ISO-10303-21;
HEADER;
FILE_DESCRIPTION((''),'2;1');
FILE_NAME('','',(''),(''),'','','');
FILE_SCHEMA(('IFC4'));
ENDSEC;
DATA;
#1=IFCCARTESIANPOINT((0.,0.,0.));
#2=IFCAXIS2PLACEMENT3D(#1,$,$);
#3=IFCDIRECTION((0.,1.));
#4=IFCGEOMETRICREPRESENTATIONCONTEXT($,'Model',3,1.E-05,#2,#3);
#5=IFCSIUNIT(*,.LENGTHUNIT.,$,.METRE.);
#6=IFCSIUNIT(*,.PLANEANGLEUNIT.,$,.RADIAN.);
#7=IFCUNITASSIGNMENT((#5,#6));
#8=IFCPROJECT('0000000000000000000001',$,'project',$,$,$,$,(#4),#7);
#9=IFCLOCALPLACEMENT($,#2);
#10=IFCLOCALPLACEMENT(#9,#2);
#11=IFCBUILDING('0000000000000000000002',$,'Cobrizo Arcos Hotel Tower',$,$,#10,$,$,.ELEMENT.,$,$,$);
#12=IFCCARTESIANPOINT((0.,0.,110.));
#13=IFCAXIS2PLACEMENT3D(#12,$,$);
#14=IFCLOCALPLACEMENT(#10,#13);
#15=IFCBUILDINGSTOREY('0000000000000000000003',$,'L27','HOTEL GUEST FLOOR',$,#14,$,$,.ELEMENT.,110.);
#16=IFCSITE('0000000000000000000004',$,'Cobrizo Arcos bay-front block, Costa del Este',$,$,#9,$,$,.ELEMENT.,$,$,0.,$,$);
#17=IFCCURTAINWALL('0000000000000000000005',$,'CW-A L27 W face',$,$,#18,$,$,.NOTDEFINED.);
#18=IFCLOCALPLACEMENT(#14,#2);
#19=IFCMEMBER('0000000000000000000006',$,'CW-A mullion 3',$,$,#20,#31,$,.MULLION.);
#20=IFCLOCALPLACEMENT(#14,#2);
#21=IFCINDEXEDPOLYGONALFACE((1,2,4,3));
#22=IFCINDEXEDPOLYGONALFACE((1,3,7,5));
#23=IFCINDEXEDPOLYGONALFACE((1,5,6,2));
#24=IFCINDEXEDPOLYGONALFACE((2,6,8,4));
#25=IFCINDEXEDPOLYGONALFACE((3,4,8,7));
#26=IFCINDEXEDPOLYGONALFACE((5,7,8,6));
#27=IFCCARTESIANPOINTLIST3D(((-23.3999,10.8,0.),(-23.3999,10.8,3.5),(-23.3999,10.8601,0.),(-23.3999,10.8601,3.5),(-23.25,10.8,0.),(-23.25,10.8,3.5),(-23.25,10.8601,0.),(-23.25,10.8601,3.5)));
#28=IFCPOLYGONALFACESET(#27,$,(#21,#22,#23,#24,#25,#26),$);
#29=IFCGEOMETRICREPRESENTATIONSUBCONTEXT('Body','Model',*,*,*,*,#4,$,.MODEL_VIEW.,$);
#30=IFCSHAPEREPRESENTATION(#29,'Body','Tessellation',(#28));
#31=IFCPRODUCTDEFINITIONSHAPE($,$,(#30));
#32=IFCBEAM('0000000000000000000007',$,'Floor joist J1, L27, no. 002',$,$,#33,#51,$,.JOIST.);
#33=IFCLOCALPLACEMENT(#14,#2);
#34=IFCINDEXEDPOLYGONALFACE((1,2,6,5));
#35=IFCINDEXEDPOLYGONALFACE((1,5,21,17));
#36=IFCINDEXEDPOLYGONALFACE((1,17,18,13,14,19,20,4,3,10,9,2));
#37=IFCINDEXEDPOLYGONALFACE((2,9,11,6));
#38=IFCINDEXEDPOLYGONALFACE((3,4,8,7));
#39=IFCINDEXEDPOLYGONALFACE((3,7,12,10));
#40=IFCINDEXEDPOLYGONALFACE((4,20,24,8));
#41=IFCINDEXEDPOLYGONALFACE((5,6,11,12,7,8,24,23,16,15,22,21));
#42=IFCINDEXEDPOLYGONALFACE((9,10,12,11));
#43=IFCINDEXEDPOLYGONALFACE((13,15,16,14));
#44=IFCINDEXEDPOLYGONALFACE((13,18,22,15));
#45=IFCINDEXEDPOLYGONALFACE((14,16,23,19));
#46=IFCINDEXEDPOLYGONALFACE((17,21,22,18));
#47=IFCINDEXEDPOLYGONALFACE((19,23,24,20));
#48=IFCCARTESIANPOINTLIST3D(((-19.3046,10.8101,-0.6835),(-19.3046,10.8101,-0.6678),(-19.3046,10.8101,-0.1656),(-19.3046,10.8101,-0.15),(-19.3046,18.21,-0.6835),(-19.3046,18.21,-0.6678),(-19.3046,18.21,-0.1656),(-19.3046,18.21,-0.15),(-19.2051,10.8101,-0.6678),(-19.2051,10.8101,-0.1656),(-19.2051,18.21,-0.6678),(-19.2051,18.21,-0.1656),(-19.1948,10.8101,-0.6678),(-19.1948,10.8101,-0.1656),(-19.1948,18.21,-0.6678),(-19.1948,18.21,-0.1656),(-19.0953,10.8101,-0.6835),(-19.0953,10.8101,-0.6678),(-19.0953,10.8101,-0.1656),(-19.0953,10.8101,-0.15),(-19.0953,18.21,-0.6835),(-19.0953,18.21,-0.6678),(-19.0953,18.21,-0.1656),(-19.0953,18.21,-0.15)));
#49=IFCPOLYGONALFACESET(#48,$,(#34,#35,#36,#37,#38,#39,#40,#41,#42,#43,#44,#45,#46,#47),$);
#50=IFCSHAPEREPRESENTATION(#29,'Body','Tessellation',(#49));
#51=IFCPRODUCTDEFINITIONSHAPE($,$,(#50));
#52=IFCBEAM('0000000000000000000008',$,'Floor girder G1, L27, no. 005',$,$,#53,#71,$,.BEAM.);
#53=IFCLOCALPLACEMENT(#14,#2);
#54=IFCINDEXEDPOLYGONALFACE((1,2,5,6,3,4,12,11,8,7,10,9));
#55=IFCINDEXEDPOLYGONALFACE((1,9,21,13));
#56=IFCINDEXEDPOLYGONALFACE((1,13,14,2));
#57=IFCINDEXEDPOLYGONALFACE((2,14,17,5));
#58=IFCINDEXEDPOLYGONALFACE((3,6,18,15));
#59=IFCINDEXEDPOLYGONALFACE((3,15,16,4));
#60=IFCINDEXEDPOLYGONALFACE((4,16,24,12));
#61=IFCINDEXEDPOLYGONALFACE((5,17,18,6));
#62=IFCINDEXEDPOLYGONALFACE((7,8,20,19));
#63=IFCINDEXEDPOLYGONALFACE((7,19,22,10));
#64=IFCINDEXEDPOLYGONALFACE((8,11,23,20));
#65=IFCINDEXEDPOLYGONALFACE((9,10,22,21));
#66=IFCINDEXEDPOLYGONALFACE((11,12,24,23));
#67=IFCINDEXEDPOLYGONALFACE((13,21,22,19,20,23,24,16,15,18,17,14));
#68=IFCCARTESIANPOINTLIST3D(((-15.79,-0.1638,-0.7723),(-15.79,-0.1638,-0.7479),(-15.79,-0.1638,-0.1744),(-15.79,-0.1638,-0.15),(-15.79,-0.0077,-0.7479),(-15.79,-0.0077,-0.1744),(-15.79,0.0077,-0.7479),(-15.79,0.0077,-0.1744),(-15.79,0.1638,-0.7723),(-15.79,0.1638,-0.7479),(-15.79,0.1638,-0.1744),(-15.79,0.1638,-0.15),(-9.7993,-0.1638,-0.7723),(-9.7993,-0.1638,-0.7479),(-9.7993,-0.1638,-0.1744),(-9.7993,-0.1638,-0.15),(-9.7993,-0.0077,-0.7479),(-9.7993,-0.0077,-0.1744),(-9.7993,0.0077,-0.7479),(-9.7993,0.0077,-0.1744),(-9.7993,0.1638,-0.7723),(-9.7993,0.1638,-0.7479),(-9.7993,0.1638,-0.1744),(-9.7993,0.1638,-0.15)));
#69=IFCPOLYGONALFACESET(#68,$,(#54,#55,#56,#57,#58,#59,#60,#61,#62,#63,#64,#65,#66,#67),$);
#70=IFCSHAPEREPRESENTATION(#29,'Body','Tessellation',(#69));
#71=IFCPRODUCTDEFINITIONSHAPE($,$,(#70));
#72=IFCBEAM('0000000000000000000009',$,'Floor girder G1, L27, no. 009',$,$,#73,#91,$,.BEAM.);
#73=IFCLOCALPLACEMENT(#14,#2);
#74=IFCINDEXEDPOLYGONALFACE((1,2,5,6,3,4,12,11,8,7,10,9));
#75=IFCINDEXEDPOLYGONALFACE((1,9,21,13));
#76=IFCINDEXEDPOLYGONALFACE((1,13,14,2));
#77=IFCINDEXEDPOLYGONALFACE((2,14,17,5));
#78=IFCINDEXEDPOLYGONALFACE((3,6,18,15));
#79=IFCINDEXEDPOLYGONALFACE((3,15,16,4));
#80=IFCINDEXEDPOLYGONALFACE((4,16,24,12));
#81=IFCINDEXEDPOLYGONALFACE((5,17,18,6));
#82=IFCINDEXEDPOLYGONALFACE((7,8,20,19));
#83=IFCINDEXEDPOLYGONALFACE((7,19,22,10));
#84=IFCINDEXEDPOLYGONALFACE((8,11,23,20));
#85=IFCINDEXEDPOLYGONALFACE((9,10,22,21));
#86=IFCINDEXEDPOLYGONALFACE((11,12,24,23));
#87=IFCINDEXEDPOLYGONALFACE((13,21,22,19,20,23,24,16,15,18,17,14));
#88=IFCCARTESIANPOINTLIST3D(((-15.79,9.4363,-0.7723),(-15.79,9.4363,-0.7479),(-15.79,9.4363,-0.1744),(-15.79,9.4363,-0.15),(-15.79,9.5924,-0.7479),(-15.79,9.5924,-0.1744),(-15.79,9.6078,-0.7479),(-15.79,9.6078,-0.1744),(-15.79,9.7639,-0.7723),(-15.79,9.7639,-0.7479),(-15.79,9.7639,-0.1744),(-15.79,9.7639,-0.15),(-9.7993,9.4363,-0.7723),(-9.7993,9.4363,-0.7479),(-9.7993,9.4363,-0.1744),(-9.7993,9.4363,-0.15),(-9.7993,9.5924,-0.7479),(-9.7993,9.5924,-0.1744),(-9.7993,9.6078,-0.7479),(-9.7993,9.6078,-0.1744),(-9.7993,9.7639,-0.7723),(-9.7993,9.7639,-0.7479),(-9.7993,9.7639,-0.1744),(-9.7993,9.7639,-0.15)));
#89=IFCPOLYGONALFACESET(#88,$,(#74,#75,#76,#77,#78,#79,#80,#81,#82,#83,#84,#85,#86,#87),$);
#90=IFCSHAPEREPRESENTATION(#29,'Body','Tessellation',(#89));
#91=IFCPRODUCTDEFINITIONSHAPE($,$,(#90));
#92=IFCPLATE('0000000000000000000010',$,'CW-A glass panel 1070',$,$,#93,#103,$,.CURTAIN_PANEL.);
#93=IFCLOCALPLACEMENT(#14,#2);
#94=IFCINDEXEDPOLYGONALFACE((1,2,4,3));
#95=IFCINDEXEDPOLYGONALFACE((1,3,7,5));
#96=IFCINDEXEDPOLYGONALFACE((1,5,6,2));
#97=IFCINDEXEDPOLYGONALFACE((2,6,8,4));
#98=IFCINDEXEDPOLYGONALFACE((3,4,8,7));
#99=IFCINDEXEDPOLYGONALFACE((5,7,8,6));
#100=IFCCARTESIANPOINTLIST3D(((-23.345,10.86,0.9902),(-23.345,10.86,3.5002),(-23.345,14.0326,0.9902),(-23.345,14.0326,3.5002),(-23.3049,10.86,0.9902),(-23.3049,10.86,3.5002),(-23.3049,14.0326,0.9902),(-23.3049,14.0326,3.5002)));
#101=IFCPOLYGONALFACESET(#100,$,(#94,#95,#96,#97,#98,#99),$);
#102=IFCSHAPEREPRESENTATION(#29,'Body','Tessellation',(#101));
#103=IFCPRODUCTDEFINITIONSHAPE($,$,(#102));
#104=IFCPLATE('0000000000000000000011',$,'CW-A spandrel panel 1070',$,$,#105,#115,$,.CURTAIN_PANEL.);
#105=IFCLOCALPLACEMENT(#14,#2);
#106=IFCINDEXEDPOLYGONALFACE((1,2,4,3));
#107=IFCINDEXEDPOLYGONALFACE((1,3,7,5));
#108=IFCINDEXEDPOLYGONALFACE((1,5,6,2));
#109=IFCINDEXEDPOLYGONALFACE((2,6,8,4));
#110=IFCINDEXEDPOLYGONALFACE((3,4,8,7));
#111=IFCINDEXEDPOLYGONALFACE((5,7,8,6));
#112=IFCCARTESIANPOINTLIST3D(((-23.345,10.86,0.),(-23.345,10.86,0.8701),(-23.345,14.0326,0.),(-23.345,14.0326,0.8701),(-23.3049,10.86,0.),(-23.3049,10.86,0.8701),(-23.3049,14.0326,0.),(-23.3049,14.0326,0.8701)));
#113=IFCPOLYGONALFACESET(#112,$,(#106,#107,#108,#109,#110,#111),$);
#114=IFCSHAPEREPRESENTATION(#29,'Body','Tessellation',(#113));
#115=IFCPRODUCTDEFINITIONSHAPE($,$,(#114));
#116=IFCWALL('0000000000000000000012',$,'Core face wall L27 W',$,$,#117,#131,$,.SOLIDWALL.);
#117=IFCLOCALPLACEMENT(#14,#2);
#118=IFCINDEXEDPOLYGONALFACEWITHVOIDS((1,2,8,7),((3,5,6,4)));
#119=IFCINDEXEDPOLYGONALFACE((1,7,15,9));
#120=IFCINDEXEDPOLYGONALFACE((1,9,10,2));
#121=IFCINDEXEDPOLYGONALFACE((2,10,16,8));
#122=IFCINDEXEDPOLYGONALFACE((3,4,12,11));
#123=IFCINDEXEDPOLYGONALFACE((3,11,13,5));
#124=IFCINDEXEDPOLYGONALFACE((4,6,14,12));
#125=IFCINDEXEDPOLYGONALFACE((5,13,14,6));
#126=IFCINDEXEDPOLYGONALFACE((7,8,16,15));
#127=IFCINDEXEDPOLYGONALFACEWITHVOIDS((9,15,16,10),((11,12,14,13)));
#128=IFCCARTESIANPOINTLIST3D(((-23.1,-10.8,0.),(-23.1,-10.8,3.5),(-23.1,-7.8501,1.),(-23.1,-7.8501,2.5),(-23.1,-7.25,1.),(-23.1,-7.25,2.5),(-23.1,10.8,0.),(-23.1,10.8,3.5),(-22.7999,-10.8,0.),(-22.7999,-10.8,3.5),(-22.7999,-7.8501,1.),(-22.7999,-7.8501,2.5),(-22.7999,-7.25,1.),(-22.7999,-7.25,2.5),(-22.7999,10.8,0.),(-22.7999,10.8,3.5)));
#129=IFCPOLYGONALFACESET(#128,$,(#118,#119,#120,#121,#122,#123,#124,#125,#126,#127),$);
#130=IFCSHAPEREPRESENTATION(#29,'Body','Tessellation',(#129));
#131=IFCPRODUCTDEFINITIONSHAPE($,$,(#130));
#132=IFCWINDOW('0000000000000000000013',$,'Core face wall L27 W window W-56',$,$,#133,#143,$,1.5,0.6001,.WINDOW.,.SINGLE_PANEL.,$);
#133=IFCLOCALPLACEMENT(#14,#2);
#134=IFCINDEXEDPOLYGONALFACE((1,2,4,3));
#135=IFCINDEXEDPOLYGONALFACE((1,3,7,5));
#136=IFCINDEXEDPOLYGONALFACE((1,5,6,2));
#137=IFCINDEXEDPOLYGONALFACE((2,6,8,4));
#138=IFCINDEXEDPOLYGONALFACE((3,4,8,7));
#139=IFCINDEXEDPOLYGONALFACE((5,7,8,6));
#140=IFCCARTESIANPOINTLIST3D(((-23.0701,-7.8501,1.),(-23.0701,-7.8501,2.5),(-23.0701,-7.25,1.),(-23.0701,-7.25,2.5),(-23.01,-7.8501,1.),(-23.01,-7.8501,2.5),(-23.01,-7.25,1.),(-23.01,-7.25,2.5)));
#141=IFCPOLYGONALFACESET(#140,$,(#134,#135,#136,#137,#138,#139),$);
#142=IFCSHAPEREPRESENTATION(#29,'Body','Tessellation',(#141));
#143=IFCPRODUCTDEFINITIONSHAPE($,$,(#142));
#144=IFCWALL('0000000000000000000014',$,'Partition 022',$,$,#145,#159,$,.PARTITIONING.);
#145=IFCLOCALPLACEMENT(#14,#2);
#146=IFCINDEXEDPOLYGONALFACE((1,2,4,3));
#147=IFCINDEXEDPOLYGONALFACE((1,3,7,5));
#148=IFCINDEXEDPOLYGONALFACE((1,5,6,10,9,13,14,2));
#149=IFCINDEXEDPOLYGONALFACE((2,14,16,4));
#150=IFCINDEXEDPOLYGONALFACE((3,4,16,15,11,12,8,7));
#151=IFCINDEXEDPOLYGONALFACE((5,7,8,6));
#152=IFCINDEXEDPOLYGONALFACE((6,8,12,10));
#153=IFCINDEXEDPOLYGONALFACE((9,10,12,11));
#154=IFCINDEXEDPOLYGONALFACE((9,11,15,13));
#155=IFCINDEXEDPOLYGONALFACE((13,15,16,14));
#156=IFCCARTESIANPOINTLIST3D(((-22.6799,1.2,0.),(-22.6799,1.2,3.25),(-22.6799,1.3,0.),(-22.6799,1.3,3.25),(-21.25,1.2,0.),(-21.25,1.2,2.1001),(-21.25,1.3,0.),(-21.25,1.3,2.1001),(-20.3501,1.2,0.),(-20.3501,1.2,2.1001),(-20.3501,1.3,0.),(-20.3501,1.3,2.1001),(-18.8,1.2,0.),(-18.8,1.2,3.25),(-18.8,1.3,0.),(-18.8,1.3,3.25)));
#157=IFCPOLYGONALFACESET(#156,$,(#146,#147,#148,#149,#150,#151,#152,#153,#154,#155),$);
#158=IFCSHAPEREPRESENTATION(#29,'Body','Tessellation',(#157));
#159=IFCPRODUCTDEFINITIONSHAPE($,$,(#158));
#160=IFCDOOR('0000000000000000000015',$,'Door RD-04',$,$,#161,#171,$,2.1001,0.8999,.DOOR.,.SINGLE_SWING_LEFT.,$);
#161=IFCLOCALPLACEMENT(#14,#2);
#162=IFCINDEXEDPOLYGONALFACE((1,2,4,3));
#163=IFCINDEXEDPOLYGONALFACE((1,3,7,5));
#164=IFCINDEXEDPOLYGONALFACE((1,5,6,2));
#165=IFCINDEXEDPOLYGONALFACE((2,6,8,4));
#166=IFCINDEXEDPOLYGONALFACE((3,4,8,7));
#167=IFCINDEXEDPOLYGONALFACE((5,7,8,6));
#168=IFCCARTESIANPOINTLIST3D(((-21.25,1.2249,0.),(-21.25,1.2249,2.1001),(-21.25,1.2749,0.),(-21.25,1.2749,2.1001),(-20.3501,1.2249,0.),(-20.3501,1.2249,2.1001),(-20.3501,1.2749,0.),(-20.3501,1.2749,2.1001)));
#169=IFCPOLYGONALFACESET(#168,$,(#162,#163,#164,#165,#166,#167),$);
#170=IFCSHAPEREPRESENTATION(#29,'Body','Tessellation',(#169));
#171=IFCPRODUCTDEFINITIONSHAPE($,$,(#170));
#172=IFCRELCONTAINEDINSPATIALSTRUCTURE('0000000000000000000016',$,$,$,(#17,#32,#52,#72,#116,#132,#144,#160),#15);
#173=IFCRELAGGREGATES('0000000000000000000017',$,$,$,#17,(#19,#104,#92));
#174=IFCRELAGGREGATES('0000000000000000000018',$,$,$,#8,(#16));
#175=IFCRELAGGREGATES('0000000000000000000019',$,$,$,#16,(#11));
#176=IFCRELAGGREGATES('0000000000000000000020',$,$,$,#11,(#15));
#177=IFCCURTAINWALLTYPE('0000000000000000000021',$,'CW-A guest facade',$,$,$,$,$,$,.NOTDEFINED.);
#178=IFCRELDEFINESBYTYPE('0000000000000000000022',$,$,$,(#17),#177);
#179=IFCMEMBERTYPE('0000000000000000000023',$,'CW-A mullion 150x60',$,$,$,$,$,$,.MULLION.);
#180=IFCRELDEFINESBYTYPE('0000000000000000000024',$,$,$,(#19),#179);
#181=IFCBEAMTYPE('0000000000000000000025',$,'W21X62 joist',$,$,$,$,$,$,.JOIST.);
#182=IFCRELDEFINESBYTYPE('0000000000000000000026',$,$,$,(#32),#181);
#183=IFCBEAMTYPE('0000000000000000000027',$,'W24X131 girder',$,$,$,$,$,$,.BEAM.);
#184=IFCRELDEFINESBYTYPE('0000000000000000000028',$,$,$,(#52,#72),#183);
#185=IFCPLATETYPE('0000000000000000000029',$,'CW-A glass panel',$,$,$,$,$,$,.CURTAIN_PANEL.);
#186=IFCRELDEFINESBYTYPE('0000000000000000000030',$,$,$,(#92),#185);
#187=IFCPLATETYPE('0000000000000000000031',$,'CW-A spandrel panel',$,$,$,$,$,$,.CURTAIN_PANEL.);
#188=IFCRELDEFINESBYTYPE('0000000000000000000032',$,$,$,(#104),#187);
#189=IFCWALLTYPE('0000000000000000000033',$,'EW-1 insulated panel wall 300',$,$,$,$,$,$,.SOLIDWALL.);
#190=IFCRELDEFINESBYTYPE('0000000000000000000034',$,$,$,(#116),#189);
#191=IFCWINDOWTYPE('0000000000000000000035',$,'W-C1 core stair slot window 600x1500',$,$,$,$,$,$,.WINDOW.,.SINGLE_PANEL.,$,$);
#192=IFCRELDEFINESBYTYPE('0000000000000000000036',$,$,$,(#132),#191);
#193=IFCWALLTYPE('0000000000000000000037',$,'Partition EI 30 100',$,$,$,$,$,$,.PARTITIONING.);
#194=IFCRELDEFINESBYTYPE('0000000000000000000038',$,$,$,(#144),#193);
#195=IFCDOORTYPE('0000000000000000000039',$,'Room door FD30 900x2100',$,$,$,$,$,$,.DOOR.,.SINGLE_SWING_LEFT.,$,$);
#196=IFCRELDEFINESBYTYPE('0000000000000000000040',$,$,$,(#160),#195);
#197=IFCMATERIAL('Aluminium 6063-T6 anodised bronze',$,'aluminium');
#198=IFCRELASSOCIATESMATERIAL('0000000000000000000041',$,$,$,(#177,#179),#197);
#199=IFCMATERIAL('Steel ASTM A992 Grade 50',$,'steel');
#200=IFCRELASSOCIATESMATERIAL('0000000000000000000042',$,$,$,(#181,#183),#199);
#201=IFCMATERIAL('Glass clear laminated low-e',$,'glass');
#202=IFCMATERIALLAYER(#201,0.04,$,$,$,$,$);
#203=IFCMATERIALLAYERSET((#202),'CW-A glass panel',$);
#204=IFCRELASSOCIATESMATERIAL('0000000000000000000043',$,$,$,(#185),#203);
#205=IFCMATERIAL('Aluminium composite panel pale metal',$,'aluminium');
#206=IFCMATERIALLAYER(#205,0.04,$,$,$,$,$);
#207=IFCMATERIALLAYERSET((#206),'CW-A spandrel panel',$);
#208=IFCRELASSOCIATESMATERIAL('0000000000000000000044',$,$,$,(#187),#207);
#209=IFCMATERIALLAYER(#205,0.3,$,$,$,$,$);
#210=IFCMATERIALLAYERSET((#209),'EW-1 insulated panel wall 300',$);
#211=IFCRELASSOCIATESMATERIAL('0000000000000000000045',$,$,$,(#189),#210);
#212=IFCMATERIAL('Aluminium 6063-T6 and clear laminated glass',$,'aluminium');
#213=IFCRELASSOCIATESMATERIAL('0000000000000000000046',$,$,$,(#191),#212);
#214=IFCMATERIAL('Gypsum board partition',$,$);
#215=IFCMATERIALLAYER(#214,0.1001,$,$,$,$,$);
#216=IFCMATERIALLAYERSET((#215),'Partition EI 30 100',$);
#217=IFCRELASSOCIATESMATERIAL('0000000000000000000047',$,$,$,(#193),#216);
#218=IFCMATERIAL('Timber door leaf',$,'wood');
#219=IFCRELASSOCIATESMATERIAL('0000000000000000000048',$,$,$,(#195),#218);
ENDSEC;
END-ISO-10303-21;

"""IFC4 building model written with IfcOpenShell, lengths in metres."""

from ifc_helpers import new_model, si_unit, direction, frame, frame_2d, origin, origin_2d, place, context, subcontext, project, spatial, rectangle, i_section, extrude, material, layer, layer_set, material_profile, profile_set, type_object, element, fill, aggregate, save


model = new_model("IFC4")

# Units and contexts
model_context = context("Model", 3, precision=1e-05, world=origin(), true_north=direction((0.0, 1.0)))
body_context = subcontext(model_context, "Body", "Model", "MODEL_VIEW")
ifc_project = project(units=[si_unit("LENGTHUNIT", "METRE"), si_unit("PLANEANGLEUNIT", "RADIAN")], contexts=[model_context])

# Site, building, storey
site_placement = place(None, origin())
site = spatial("IfcSite", under=ifc_project, at=site_placement, Name="Cobrizo Arcos bay-front block, Costa del Este", CompositionType="ELEMENT", RefElevation=0.0)
building_placement = place(site_placement, origin())
building = spatial("IfcBuilding", under=site, at=building_placement, Name="Cobrizo Arcos Hotel Tower", CompositionType="ELEMENT")
storey_placement = place(building_placement, frame((0.0, 0.0, 110.0)))
storey = spatial("IfcBuildingStorey", under=building, at=storey_placement, Name="L27", Description="HOTEL GUEST FLOOR", CompositionType="ELEMENT", Elevation=110.0)

# Curtain wall, member
ifc_material_1 = material(Name="Aluminium 6063-T6 anodised bronze", Category="aluminium")
curtain_wall_type = type_object("IfcCurtainWallType", Name="CW-A guest facade", PredefinedType="NOTDEFINED", material=ifc_material_1)
curtain_wall_placement = place(storey_placement, origin())
curtain_wall = element("IfcCurtainWall", 1, at=curtain_wall_placement, inside=storey, type_object=curtain_wall_type, Name="CW-A L27 W face", PredefinedType="NOTDEFINED")
ifc_material_profile_1 = material_profile(ifc_material_1, rectangle(XDim=0.1499, YDim=0.0601, at=origin_2d()), Name="CW-A mullion 150x60")
ifc_profile_set_1 = profile_set([ifc_material_profile_1], Name="Aluminium 6063-T6 anodised bronze")
member_type = type_object("IfcMemberType", Name="CW-A mullion 150x60", PredefinedType="MULLION", material=ifc_profile_set_1)
member_placement = place(storey_placement, frame((-23.325, 10.8301, 0.0), z_axis=(0.0, 0.0, 1.0), x_axis=(-1.0, 0.0, 0.0)))
member = element("IfcMember", 2, at=member_placement, type_object=member_type, Name="CW-A mullion 3", PredefinedType="MULLION", context=body_context, shape_type="SweptSolid", body=[
    extrude(rectangle(XDim=0.1499, YDim=0.0601, at=origin_2d()), origin(), (0.0, 0.0, 1.0), 3.5),
])

# Beams
ifc_material_2 = material(Name="Steel ASTM A992 Grade 50", Category="steel")
ifc_material_profile_2 = material_profile(ifc_material_2, i_section(OverallWidth=0.2092, OverallDepth=0.5334, WebThickness=0.0103, FlangeThickness=0.0156, at=origin_2d()), Name="W21X62")
ifc_profile_set_2 = profile_set([ifc_material_profile_2], Name="Steel ASTM A992 Grade 50")
beam_type_1 = type_object("IfcBeamType", Name="W21X62 joist", PredefinedType="JOIST", material=ifc_profile_set_2)
beam_placement = place(storey_placement, frame((-19.2, 10.8101, -0.4167), z_axis=(0.0, 1.0, 0.0), x_axis=(-1.0, 0.0, 0.0)))
element("IfcBeam", 3, at=beam_placement, inside=storey, type_object=beam_type_1, Name="Floor joist J1, L27, no. 002", PredefinedType="JOIST", context=body_context, shape_type="SweptSolid", body=[
    extrude(i_section(OverallWidth=0.2092, OverallDepth=0.5334, WebThickness=0.0103, FlangeThickness=0.0156, at=origin_2d()), origin(), (0.0, 0.0, 1.0), 7.3999),
])
ifc_material_profile_3 = material_profile(ifc_material_2, i_section(OverallWidth=0.3276, OverallDepth=0.6223, WebThickness=0.0154, FlangeThickness=0.0244, at=origin_2d()), Name="W24X131")
ifc_profile_set_3 = profile_set([ifc_material_profile_3], Name="Steel ASTM A992 Grade 50")
beam_type_2 = type_object("IfcBeamType", Name="W24X131 girder", PredefinedType="BEAM", material=ifc_profile_set_3)
for number, where, z_axis, x_axis, name in (
    (4, (-15.79, 0.0, -0.4612), (1.0, 0.0, 0.0), (0.0, 1.0, 0.0), "Floor girder G1, L27, no. 005"),
    (5, (-15.79, 9.6001, -0.4612), (1.0, 0.0, 0.0), (0.0, 1.0, 0.0), "Floor girder G1, L27, no. 009"),
):
    element("IfcBeam", number, at=place(storey_placement, frame(where, z_axis=z_axis, x_axis=x_axis)), inside=storey, type_object=beam_type_2, Name=name, PredefinedType="BEAM", context=body_context, shape_type="SweptSolid", body=[
        extrude(i_section(OverallWidth=0.3276, OverallDepth=0.6223, WebThickness=0.0154, FlangeThickness=0.0244, at=origin_2d()), origin(), (0.0, 0.0, 1.0), 5.9907),
    ])

# Plates
ifc_material_3 = material(Name="Glass clear laminated low-e", Category="glass")
ifc_layer_1 = layer(ifc_material_3, 0.04)
ifc_layer_set_1 = layer_set([ifc_layer_1], Name="CW-A glass panel")
plate_type_1 = type_object("IfcPlateType", Name="CW-A glass panel", PredefinedType="CURTAIN_PANEL", material=ifc_layer_set_1)
plate_1_placement = place(storey_placement, frame((-23.325, 12.4463, 0.9902), z_axis=(0.0, 0.0, 1.0), x_axis=(0.0, -1.0, 0.0)))
plate_1 = element("IfcPlate", 6, at=plate_1_placement, type_object=plate_type_1, Name="CW-A glass panel 1070", PredefinedType="CURTAIN_PANEL", context=body_context, shape_type="SweptSolid", body=[
    extrude(rectangle(XDim=3.1726, YDim=0.04, at=origin_2d()), origin(), (0.0, 0.0, 1.0), 2.51),
])
ifc_material_4 = material(Name="Aluminium composite panel pale metal", Category="aluminium")
ifc_layer_2 = layer(ifc_material_4, 0.04)
ifc_layer_set_2 = layer_set([ifc_layer_2], Name="CW-A spandrel panel")
plate_type_2 = type_object("IfcPlateType", Name="CW-A spandrel panel", PredefinedType="CURTAIN_PANEL", material=ifc_layer_set_2)
plate_2_placement = place(storey_placement, frame((-23.325, 12.4463, 0.0), z_axis=(0.0, 0.0, 1.0), x_axis=(0.0, -1.0, 0.0)))
plate_2 = element("IfcPlate", 7, at=plate_2_placement, type_object=plate_type_2, Name="CW-A spandrel panel 1070", PredefinedType="CURTAIN_PANEL", context=body_context, shape_type="SweptSolid", body=[
    extrude(rectangle(XDim=3.1726, YDim=0.04, at=origin_2d()), origin(), (0.0, 0.0, 1.0), 0.8701),
])
aggregate(curtain_wall, [member, plate_2, plate_1])

# Wall, opening, window
ifc_layer_3 = layer(ifc_material_4, 0.3)
ifc_layer_set_3 = layer_set([ifc_layer_3], Name="EW-1 insulated panel wall 300")
wall_type_1 = type_object("IfcWallType", Name="EW-1 insulated panel wall 300", PredefinedType="SOLIDWALL", material=ifc_layer_set_3)
wall_1_placement = place(storey_placement, frame((-22.95, 10.8, 0.0), z_axis=(0.0, 0.0, 1.0), x_axis=(0.0, -1.0, 0.0)))
wall_1 = element("IfcWall", 8, at=wall_1_placement, inside=storey, type_object=wall_type_1, Name="Core face wall L27 W", PredefinedType="SOLIDWALL", context=body_context, shape_type="SweptSolid", body=[
    extrude(rectangle(XDim=21.6001, YDim=0.3, at=frame_2d((10.8, 0.0))), origin(), (0.0, 0.0, 1.0), 3.5),
])
opening_1_placement = place(wall_1_placement, frame((18.05, 0.0, 1.0)))
opening_1 = element("IfcOpeningElement", 9, at=opening_1_placement, cuts=wall_1, PredefinedType="OPENING", context=body_context, shape_type="SweptSolid", body=[
    extrude(rectangle(XDim=0.6001, YDim=1.5, at=frame_2d((0.3, 0.75))), frame((0.0, 0.1621, 0.0), z_axis=(0.0, -1.0, 0.0), x_axis=(1.0, 0.0, 0.0)), (0.0, 0.0, 1.0), 0.324),
])
ifc_material_5 = material(Name="Aluminium 6063-T6 and clear laminated glass", Category="aluminium")
window_type = type_object("IfcWindowType", Name="W-C1 core stair slot window 600x1500", PartitioningType="SINGLE_PANEL", PredefinedType="WINDOW", material=ifc_material_5)
window_placement = place(opening_1_placement, origin())
window = element("IfcWindow", 10, at=window_placement, inside=storey, type_object=window_type, Name="Core face wall L27 W window W-56", OverallHeight=1.5, OverallWidth=0.6001, PartitioningType="SINGLE_PANEL", PredefinedType="WINDOW", context=body_context, shape_type="SweptSolid", body=[
    extrude(rectangle(XDim=0.6001, YDim=1.5, at=frame_2d((0.3, 0.75))), frame((0.0, -0.0601, 0.0), z_axis=(0.0, -1.0, 0.0), x_axis=(1.0, 0.0, 0.0)), (0.0, 0.0, 1.0), 0.0601),
])
fill(opening_1, window)

# Wall, opening, door
ifc_material_6 = material(Name="Gypsum board partition")
ifc_layer_4 = layer(ifc_material_6, 0.1001)
ifc_layer_set_4 = layer_set([ifc_layer_4], Name="Partition EI 30 100")
wall_type_2 = type_object("IfcWallType", Name="Partition EI 30 100", PredefinedType="PARTITIONING", material=ifc_layer_set_4)
wall_2_placement = place(storey_placement, frame((-22.6799, 1.25, 0.0), z_axis=(0.0, 0.0, 1.0), x_axis=(1.0, 0.0, 0.0)))
wall_2 = element("IfcWall", 11, at=wall_2_placement, inside=storey, type_object=wall_type_2, Name="Partition 022", PredefinedType="PARTITIONING", context=body_context, shape_type="SweptSolid", body=[
    extrude(rectangle(XDim=3.8799, YDim=0.1001, at=frame_2d((1.9399, 0.0))), origin(), (0.0, 0.0, 1.0), 3.25),
])
opening_2_placement = place(wall_2_placement, frame((1.4299, 0.0, 0.0)))
opening_2 = element("IfcOpeningElement", 12, at=opening_2_placement, cuts=wall_2, PredefinedType="OPENING", context=body_context, shape_type="SweptSolid", body=[
    extrude(rectangle(XDim=0.8999, YDim=2.1001, at=frame_2d((0.45, 1.05))), frame((0.0, 0.062, 0.0), z_axis=(0.0, -1.0, 0.0), x_axis=(1.0, 0.0, 0.0)), (0.0, 0.0, 1.0), 0.124),
])
ifc_material_7 = material(Name="Timber door leaf", Category="wood")
door_type_1 = type_object("IfcDoorType", Name="Room door FD30 900x2100", OperationType="SINGLE_SWING_LEFT", PredefinedType="DOOR", material=ifc_material_7)
door_1_placement = place(opening_2_placement, origin())
door_1 = element("IfcDoor", 13, at=door_1_placement, inside=storey, type_object=door_type_1, Name="Door RD-04", OperationType="SINGLE_SWING_LEFT", OverallHeight=2.1001, OverallWidth=0.8999, PredefinedType="DOOR", context=body_context, shape_type="SweptSolid", body=[
    extrude(rectangle(XDim=0.8999, YDim=2.1001, at=frame_2d((0.45, 1.05))), frame((0.0, 0.0249, 0.0), z_axis=(0.0, -1.0, 0.0), x_axis=(1.0, 0.0, 0.0)), (0.0, 0.0, 1.0), 0.05),
])
fill(opening_2, door_1)

save(model, "model.ifc")
